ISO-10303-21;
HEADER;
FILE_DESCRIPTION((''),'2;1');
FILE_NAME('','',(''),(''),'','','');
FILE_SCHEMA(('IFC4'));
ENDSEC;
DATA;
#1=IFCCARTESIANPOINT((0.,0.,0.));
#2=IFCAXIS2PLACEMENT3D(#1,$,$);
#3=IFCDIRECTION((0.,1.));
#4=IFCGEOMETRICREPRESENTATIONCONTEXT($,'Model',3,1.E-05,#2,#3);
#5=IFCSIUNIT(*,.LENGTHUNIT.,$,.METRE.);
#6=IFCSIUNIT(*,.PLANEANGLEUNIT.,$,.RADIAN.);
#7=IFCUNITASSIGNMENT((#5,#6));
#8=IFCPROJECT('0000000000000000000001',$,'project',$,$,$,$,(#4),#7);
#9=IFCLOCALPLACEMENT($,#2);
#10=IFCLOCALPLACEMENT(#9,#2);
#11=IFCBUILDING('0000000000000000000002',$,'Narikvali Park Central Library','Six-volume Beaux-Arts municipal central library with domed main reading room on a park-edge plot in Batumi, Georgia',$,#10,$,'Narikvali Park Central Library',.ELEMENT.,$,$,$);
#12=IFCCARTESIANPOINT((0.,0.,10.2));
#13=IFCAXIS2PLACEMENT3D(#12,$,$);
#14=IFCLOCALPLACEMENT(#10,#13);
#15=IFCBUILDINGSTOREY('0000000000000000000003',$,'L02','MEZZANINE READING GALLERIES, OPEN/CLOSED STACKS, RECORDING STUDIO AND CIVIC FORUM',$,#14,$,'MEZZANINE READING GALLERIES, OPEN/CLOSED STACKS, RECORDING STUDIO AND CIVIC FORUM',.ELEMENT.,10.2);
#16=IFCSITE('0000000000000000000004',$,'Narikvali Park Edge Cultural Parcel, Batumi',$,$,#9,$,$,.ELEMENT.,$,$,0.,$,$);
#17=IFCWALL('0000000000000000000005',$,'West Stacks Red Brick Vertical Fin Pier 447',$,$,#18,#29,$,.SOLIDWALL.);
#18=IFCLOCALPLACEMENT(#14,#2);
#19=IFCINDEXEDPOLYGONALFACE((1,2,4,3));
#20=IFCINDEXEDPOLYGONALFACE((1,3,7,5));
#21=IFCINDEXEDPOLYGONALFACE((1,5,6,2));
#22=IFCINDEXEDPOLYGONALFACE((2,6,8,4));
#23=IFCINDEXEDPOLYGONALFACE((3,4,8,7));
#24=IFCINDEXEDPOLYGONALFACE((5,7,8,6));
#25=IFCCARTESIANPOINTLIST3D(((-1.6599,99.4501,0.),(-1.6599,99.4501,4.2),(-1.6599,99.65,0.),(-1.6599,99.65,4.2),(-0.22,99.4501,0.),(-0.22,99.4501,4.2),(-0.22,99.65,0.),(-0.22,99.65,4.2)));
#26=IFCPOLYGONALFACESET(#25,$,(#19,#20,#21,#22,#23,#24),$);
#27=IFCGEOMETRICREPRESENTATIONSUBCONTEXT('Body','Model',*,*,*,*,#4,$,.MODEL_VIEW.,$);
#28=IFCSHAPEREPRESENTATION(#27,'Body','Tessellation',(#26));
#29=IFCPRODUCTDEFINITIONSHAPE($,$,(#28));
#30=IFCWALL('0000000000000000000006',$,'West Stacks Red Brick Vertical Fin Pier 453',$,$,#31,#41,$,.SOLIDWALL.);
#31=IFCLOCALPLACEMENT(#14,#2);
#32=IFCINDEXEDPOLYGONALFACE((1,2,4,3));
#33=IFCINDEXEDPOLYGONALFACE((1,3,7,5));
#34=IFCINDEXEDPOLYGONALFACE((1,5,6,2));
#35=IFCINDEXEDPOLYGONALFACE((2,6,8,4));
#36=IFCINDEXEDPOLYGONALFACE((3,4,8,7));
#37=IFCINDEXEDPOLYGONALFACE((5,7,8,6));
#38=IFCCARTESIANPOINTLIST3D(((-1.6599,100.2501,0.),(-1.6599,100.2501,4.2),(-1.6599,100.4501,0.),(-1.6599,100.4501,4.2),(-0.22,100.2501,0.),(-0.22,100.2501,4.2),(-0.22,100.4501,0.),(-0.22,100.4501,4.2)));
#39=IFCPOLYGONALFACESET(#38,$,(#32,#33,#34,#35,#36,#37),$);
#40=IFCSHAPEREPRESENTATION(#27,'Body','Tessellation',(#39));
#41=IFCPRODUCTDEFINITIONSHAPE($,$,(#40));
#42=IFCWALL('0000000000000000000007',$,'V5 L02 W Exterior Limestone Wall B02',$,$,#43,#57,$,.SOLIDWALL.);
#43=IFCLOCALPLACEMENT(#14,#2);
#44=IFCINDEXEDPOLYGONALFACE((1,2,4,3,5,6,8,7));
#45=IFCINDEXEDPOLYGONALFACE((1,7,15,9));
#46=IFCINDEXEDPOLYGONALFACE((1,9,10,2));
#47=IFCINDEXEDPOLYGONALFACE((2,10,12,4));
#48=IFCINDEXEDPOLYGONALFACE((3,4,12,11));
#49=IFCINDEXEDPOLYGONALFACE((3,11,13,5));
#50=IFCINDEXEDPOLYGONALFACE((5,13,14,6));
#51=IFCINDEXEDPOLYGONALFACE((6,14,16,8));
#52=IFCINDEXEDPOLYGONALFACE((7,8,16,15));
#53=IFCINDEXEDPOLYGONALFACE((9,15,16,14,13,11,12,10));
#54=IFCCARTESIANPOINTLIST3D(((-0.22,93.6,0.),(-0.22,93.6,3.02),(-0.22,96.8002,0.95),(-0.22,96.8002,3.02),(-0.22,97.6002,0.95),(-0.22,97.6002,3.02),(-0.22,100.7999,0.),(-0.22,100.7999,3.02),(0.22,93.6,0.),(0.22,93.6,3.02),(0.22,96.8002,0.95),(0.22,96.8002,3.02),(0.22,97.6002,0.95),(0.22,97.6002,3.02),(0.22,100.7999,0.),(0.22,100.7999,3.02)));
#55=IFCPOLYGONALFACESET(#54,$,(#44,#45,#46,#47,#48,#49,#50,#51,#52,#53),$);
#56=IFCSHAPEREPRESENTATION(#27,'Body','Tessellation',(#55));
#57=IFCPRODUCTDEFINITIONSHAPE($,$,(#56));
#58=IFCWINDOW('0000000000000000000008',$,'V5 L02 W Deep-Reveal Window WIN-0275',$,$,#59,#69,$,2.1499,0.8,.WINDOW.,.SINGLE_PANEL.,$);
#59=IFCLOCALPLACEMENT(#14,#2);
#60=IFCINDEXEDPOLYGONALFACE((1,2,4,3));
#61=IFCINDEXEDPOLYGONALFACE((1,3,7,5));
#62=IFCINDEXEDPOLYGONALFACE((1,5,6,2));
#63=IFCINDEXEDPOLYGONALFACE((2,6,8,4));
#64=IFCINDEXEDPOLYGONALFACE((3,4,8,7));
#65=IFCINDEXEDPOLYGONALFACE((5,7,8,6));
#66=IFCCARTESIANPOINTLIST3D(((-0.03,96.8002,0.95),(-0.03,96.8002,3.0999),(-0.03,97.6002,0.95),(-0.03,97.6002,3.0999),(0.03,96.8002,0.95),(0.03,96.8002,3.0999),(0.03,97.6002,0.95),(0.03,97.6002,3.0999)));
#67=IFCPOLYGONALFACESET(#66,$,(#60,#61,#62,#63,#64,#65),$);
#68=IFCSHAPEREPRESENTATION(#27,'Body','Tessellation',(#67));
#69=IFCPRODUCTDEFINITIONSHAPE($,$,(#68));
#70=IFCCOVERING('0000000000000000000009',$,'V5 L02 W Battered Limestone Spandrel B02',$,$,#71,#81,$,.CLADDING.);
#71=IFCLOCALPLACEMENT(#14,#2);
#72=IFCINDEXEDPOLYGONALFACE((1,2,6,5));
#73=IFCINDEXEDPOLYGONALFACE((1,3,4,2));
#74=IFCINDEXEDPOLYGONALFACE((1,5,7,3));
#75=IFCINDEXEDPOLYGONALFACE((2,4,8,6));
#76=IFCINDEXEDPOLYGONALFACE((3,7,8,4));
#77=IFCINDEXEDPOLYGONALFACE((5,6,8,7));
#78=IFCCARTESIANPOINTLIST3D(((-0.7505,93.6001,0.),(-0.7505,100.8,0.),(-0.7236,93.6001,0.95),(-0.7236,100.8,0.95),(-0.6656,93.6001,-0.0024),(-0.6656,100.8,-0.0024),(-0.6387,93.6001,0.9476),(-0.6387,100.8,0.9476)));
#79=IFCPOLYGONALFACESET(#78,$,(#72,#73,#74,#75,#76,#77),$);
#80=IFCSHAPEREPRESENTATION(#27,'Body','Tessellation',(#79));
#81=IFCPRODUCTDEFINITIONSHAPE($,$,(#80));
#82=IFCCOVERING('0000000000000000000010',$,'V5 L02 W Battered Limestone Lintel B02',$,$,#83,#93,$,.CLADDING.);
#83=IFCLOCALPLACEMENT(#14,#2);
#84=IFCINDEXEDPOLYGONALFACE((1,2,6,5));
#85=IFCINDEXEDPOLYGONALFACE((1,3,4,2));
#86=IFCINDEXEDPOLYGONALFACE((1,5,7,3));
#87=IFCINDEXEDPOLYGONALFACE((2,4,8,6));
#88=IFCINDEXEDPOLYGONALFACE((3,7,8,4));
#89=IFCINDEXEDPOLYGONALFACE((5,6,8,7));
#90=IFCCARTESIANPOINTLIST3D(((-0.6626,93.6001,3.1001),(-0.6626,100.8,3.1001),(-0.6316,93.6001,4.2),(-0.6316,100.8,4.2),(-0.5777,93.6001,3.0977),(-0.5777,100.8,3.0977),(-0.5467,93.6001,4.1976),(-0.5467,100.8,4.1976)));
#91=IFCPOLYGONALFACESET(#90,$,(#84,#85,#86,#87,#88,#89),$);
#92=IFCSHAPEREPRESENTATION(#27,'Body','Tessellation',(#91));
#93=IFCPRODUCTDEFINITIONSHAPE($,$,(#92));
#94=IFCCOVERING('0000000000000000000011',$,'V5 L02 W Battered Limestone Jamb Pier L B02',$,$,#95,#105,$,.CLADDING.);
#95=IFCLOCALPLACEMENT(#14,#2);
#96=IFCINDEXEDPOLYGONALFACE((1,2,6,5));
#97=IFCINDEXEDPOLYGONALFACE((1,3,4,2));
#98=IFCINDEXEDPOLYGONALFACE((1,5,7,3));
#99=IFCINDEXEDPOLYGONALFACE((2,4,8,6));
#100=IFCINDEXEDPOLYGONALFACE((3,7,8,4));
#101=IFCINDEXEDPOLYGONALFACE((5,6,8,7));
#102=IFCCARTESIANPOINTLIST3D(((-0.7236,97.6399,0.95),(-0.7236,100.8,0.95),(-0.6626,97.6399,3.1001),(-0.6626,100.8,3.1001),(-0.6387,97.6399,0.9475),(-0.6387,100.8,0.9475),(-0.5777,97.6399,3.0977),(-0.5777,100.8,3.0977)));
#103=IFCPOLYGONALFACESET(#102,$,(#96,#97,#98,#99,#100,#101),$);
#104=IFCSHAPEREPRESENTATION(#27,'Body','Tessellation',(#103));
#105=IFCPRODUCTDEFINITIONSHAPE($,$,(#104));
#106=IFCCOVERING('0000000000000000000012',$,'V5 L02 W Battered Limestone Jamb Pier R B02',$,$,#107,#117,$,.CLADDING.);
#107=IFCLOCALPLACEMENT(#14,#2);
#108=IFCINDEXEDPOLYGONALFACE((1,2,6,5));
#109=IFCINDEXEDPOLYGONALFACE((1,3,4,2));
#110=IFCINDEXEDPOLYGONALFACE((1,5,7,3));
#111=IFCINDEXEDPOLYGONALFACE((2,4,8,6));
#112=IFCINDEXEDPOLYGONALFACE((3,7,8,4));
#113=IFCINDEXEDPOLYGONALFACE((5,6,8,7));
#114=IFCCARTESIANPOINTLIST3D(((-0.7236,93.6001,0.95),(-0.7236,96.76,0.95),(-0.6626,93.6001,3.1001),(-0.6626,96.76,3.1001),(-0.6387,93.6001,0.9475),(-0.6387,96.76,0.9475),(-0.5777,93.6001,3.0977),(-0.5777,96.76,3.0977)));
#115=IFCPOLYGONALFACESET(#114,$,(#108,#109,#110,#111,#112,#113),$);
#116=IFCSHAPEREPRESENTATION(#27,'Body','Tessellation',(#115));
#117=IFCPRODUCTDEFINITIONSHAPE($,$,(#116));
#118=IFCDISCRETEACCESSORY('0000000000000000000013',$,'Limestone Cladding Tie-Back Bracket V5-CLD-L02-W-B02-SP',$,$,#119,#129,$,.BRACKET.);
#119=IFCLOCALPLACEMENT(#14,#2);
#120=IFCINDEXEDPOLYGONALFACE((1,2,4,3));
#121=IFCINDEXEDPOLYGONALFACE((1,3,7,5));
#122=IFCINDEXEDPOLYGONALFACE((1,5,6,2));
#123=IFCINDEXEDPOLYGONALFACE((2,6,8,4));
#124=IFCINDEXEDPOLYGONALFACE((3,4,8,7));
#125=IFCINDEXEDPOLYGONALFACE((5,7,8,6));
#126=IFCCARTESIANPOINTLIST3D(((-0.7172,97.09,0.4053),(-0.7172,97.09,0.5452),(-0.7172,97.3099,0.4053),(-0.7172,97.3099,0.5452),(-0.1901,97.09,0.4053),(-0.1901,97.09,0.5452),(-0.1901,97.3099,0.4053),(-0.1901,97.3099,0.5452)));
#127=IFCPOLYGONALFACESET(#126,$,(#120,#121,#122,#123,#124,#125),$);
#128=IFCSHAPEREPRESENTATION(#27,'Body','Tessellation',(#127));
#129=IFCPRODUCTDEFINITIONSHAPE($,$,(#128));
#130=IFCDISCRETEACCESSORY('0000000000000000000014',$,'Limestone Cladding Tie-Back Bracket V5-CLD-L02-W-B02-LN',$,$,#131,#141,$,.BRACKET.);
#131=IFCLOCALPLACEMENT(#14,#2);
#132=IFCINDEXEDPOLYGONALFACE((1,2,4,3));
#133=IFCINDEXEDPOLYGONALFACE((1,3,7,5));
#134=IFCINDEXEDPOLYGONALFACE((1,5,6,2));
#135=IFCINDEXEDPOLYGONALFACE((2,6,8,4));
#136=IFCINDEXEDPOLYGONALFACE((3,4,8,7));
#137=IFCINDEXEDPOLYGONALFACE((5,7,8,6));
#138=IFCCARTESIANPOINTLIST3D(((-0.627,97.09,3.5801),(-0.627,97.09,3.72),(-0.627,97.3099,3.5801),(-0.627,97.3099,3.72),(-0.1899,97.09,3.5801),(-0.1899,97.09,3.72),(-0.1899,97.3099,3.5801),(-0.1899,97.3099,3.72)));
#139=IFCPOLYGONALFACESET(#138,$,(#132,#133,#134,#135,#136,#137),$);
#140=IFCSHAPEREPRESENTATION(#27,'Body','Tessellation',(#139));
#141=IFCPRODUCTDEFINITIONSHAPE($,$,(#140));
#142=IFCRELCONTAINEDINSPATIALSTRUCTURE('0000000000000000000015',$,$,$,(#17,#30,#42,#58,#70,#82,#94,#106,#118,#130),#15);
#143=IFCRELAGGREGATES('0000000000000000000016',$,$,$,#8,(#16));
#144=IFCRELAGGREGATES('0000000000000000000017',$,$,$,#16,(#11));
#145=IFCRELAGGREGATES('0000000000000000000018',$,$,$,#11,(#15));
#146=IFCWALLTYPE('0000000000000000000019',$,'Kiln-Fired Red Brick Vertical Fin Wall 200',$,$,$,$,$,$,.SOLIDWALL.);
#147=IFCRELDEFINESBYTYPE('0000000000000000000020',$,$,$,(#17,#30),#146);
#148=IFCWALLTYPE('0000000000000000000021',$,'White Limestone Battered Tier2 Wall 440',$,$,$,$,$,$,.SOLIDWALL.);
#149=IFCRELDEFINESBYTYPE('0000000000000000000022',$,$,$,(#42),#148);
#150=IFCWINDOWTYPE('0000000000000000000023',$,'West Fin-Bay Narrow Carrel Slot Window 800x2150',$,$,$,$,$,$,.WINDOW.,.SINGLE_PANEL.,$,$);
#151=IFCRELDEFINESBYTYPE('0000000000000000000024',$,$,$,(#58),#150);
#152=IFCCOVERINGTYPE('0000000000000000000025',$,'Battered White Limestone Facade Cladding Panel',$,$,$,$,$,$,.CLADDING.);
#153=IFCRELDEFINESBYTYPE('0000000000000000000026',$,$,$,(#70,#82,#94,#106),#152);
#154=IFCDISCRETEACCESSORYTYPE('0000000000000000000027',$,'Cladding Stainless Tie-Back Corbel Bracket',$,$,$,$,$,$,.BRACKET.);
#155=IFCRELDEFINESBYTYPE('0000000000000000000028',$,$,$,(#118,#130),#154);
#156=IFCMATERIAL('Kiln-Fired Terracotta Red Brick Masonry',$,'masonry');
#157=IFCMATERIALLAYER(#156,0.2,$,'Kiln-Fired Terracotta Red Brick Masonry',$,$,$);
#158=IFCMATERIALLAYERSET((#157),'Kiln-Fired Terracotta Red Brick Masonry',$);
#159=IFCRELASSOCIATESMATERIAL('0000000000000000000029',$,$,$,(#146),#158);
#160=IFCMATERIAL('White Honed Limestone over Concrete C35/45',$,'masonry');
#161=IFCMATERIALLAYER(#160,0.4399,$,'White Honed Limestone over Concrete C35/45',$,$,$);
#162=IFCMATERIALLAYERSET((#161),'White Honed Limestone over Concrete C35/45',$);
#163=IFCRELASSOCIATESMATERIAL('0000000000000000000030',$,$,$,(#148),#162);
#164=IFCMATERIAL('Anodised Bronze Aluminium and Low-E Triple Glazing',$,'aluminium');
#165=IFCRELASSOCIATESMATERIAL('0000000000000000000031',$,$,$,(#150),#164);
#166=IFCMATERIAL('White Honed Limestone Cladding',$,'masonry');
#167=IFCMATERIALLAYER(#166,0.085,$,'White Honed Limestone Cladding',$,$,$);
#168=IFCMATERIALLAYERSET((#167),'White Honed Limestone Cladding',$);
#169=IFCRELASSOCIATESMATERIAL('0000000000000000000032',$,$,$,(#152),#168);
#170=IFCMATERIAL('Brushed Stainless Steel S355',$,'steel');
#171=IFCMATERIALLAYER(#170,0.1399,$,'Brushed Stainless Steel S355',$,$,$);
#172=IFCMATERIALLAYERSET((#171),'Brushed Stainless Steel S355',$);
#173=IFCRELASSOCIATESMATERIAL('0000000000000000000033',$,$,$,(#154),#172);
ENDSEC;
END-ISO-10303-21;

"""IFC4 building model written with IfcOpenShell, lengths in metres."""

from ifc_helpers import new_model, si_unit, direction, frame, frame_2d, origin, origin_2d, place, context, subcontext, project, spatial, polyline, rectangle, outline, extrude, material, layer, layer_set, type_object, element, fill, save


model = new_model("IFC4")

# Units and contexts
model_context = context("Model", 3, precision=1e-05, world=origin(), true_north=direction((0.0, 1.0)))
body_context = subcontext(model_context, "Body", "Model", "MODEL_VIEW")
ifc_project = project(units=[si_unit("LENGTHUNIT", "METRE"), si_unit("PLANEANGLEUNIT", "RADIAN")], contexts=[model_context])

# Site, building, storey
site_placement = place(None, origin())
site = spatial("IfcSite", under=ifc_project, at=site_placement, Name="Narikvali Park Edge Cultural Parcel, Batumi", CompositionType="ELEMENT", RefElevation=0.0)
building_placement = place(site_placement, origin())
building = spatial("IfcBuilding", under=site, at=building_placement, Name="Narikvali Park Central Library", Description="Six-volume Beaux-Arts municipal central library with domed main reading room on a park-edge plot in Batumi, Georgia", LongName="Narikvali Park Central Library", CompositionType="ELEMENT")
storey_placement = place(building_placement, frame((0.0, 0.0, 10.2)))
storey = spatial("IfcBuildingStorey", under=building, at=storey_placement, Name="L02", Description="MEZZANINE READING GALLERIES, OPEN/CLOSED STACKS, RECORDING STUDIO AND CIVIC FORUM", LongName="MEZZANINE READING GALLERIES, OPEN/CLOSED STACKS, RECORDING STUDIO AND CIVIC FORUM", CompositionType="ELEMENT", Elevation=10.2)

# Walls
ifc_material_1 = material(Name="Kiln-Fired Terracotta Red Brick Masonry", Category="masonry")
ifc_layer_1 = layer(ifc_material_1, 0.2, Name="Kiln-Fired Terracotta Red Brick Masonry")
ifc_layer_set_1 = layer_set([ifc_layer_1], Name="Kiln-Fired Terracotta Red Brick Masonry")
wall_type_1 = type_object("IfcWallType", Name="Kiln-Fired Red Brick Vertical Fin Wall 200", PredefinedType="SOLIDWALL", material=ifc_layer_set_1)
for number, where, z_axis, x_axis, name in (
    (1, (-1.6599, 99.55, 0.0), (0.0, 0.0, 1.0), (1.0, 0.0, 0.0), "West Stacks Red Brick Vertical Fin Pier 447"),
    (2, (-1.6599, 100.3501, 0.0), (0.0, 0.0, 1.0), (1.0, 0.0, 0.0), "West Stacks Red Brick Vertical Fin Pier 453"),
):
    element("IfcWall", number, at=place(storey_placement, frame(where, z_axis=z_axis, x_axis=x_axis)), inside=storey, type_object=wall_type_1, Name=name, PredefinedType="SOLIDWALL", context=body_context, shape_type="SweptSolid", body=[
        extrude(rectangle(XDim=1.4399, YDim=0.2, at=frame_2d((0.72, 0.0))), origin(), (0.0, 0.0, 1.0), 4.2),
    ])

# Wall, opening, window
ifc_material_2 = material(Name="White Honed Limestone over Concrete C35/45", Category="masonry")
ifc_layer_2 = layer(ifc_material_2, 0.4399, Name="White Honed Limestone over Concrete C35/45")
ifc_layer_set_2 = layer_set([ifc_layer_2], Name="White Honed Limestone over Concrete C35/45")
wall_type_2 = type_object("IfcWallType", Name="White Limestone Battered Tier2 Wall 440", PredefinedType="SOLIDWALL", material=ifc_layer_set_2)
wall_placement = place(storey_placement, frame((0.0, 100.8, 0.0), z_axis=(0.0, 0.0, 1.0), x_axis=(0.0, -1.0, 0.0)))
wall = element("IfcWall", 3, at=wall_placement, inside=storey, type_object=wall_type_2, Name="V5 L02 W Exterior Limestone Wall B02", PredefinedType="SOLIDWALL", context=body_context, shape_type="SweptSolid", body=[
    extrude(rectangle(XDim=7.2, YDim=0.4399, at=frame_2d((3.6001, 0.0))), origin(), (0.0, 0.0, 1.0), 3.02),
])
opening_placement = place(wall_placement, frame((3.2, 0.0, 0.95)))
opening = element("IfcOpeningElement", 4, at=opening_placement, cuts=wall, PredefinedType="OPENING", context=body_context, shape_type="SweptSolid", body=[
    extrude(rectangle(XDim=0.8, YDim=2.1499, at=frame_2d((0.3999, 1.075))), frame((0.0, 0.2319, 0.0), z_axis=(0.0, -1.0, 0.0), x_axis=(1.0, 0.0, 0.0)), (0.0, 0.0, 1.0), 0.4639),
])
ifc_material_3 = material(Name="Anodised Bronze Aluminium and Low-E Triple Glazing", Category="aluminium")
window_type = type_object("IfcWindowType", Name="West Fin-Bay Narrow Carrel Slot Window 800x2150", PartitioningType="SINGLE_PANEL", PredefinedType="WINDOW", material=ifc_material_3)
window_placement = place(opening_placement, origin())
window = element("IfcWindow", 5, at=window_placement, inside=storey, type_object=window_type, Name="V5 L02 W Deep-Reveal Window WIN-0275", OverallHeight=2.1499, OverallWidth=0.8, PartitioningType="SINGLE_PANEL", PredefinedType="WINDOW", context=body_context, shape_type="SweptSolid", body=[
    extrude(rectangle(XDim=0.8, YDim=2.1499, at=frame_2d((0.3999, 1.075))), frame((0.0, 0.03, 0.0), z_axis=(0.0, -1.0, 0.0), x_axis=(1.0, 0.0, 0.0)), (0.0, 0.0, 1.0), 0.0601),
])
fill(opening, window)

# Coverings
ifc_material_4 = material(Name="White Honed Limestone Cladding", Category="masonry")
ifc_layer_3 = layer(ifc_material_4, 0.085, Name="White Honed Limestone Cladding")
ifc_layer_set_3 = layer_set([ifc_layer_3], Name="White Honed Limestone Cladding")
covering_type = type_object("IfcCoveringType", Name="Battered White Limestone Facade Cladding Panel", PredefinedType="CLADDING", material=ifc_layer_set_3)
covering_1_placement = place(storey_placement, frame((-0.7505, 100.8, 0.0), z_axis=(-0.999601, 0.0, 0.028259), x_axis=(0.0, -1.0, 0.0)))
element("IfcCovering", 6, at=covering_1_placement, inside=storey, type_object=covering_type, Name="V5 L02 W Battered Limestone Spandrel B02", PredefinedType="CLADDING", context=body_context, shape_type="SweptSolid", body=[
    extrude(outline(polyline([(0.0, 0.0), (7.2, 0.0), (7.2, 0.9503), (0.0, 0.9503), (0.0, 0.0)])), origin(), (0.0, 0.0, -1.0), 0.085),
])
covering_2_placement = place(storey_placement, frame((-0.6626, 100.8, 3.1001), z_axis=(-0.999603, 0.0, 0.02818), x_axis=(0.0, -1.0, 0.0)))
element("IfcCovering", 7, at=covering_2_placement, inside=storey, type_object=covering_type, Name="V5 L02 W Battered Limestone Lintel B02", PredefinedType="CLADDING", context=body_context, shape_type="SweptSolid", body=[
    extrude(outline(polyline([(0.0, 0.0), (7.2, 0.0), (7.2, 1.1003), (0.0, 1.1003), (0.0, 0.0)])), origin(), (0.0, 0.0, -1.0), 0.085),
])
covering_3_placement = place(storey_placement, frame((-0.7236, 100.8, 0.95), z_axis=(-0.999597, 0.0, 0.028375), x_axis=(0.0, -1.0, 0.0)))
element("IfcCovering", 8, at=covering_3_placement, inside=storey, type_object=covering_type, Name="V5 L02 W Battered Limestone Jamb Pier L B02", PredefinedType="CLADDING", context=body_context, shape_type="SweptSolid", body=[
    extrude(outline(polyline([(0.0, 0.0), (3.1602, 0.0), (3.1602, 2.151), (0.0, 2.151), (0.0, 0.0)])), origin(), (0.0, 0.0, -1.0), 0.085),
])
covering_4_placement = place(storey_placement, frame((-0.7236, 96.76, 0.95), z_axis=(-0.999597, 0.0, 0.028375), x_axis=(0.0, -1.0, 0.0)))
element("IfcCovering", 9, at=covering_4_placement, inside=storey, type_object=covering_type, Name="V5 L02 W Battered Limestone Jamb Pier R B02", PredefinedType="CLADDING", context=body_context, shape_type="SweptSolid", body=[
    extrude(outline(polyline([(0.0, 0.0), (3.1599, 0.0), (3.1599, 2.151), (0.0, 2.151), (0.0, 0.0)])), origin(), (0.0, 0.0, -1.0), 0.085),
])

# Discrete accessories
ifc_material_5 = material(Name="Brushed Stainless Steel S355", Category="steel")
ifc_layer_4 = layer(ifc_material_5, 0.1399, Name="Brushed Stainless Steel S355")
ifc_layer_set_4 = layer_set([ifc_layer_4], Name="Brushed Stainless Steel S355")
discrete_accessory_type = type_object("IfcDiscreteAccessoryType", Name="Cladding Stainless Tie-Back Corbel Bracket", PredefinedType="BRACKET", material=ifc_layer_set_4)
discrete_accessory_1_placement = place(storey_placement, frame((-0.4536, 97.2, 0.4053), z_axis=(0.0, 0.0, 1.0), x_axis=(1.0, 0.0, 0.0)))
element("IfcDiscreteAccessory", 10, at=discrete_accessory_1_placement, inside=storey, type_object=discrete_accessory_type, Name="Limestone Cladding Tie-Back Bracket V5-CLD-L02-W-B02-SP", PredefinedType="BRACKET", context=body_context, shape_type="SweptSolid", body=[
    extrude(rectangle(XDim=0.5271, YDim=0.22, at=origin_2d()), origin(), (0.0, 0.0, 1.0), 0.1399),
])
discrete_accessory_2_placement = place(storey_placement, frame((-0.4084, 97.2, 3.5801), z_axis=(0.0, 0.0, 1.0), x_axis=(1.0, 0.0, 0.0)))
element("IfcDiscreteAccessory", 11, at=discrete_accessory_2_placement, inside=storey, type_object=discrete_accessory_type, Name="Limestone Cladding Tie-Back Bracket V5-CLD-L02-W-B02-LN", PredefinedType="BRACKET", context=body_context, shape_type="SweptSolid", body=[
    extrude(rectangle(XDim=0.437, YDim=0.22, at=origin_2d()), origin(), (0.0, 0.0, 1.0), 0.1399),
])

save(model, "model.ifc")
